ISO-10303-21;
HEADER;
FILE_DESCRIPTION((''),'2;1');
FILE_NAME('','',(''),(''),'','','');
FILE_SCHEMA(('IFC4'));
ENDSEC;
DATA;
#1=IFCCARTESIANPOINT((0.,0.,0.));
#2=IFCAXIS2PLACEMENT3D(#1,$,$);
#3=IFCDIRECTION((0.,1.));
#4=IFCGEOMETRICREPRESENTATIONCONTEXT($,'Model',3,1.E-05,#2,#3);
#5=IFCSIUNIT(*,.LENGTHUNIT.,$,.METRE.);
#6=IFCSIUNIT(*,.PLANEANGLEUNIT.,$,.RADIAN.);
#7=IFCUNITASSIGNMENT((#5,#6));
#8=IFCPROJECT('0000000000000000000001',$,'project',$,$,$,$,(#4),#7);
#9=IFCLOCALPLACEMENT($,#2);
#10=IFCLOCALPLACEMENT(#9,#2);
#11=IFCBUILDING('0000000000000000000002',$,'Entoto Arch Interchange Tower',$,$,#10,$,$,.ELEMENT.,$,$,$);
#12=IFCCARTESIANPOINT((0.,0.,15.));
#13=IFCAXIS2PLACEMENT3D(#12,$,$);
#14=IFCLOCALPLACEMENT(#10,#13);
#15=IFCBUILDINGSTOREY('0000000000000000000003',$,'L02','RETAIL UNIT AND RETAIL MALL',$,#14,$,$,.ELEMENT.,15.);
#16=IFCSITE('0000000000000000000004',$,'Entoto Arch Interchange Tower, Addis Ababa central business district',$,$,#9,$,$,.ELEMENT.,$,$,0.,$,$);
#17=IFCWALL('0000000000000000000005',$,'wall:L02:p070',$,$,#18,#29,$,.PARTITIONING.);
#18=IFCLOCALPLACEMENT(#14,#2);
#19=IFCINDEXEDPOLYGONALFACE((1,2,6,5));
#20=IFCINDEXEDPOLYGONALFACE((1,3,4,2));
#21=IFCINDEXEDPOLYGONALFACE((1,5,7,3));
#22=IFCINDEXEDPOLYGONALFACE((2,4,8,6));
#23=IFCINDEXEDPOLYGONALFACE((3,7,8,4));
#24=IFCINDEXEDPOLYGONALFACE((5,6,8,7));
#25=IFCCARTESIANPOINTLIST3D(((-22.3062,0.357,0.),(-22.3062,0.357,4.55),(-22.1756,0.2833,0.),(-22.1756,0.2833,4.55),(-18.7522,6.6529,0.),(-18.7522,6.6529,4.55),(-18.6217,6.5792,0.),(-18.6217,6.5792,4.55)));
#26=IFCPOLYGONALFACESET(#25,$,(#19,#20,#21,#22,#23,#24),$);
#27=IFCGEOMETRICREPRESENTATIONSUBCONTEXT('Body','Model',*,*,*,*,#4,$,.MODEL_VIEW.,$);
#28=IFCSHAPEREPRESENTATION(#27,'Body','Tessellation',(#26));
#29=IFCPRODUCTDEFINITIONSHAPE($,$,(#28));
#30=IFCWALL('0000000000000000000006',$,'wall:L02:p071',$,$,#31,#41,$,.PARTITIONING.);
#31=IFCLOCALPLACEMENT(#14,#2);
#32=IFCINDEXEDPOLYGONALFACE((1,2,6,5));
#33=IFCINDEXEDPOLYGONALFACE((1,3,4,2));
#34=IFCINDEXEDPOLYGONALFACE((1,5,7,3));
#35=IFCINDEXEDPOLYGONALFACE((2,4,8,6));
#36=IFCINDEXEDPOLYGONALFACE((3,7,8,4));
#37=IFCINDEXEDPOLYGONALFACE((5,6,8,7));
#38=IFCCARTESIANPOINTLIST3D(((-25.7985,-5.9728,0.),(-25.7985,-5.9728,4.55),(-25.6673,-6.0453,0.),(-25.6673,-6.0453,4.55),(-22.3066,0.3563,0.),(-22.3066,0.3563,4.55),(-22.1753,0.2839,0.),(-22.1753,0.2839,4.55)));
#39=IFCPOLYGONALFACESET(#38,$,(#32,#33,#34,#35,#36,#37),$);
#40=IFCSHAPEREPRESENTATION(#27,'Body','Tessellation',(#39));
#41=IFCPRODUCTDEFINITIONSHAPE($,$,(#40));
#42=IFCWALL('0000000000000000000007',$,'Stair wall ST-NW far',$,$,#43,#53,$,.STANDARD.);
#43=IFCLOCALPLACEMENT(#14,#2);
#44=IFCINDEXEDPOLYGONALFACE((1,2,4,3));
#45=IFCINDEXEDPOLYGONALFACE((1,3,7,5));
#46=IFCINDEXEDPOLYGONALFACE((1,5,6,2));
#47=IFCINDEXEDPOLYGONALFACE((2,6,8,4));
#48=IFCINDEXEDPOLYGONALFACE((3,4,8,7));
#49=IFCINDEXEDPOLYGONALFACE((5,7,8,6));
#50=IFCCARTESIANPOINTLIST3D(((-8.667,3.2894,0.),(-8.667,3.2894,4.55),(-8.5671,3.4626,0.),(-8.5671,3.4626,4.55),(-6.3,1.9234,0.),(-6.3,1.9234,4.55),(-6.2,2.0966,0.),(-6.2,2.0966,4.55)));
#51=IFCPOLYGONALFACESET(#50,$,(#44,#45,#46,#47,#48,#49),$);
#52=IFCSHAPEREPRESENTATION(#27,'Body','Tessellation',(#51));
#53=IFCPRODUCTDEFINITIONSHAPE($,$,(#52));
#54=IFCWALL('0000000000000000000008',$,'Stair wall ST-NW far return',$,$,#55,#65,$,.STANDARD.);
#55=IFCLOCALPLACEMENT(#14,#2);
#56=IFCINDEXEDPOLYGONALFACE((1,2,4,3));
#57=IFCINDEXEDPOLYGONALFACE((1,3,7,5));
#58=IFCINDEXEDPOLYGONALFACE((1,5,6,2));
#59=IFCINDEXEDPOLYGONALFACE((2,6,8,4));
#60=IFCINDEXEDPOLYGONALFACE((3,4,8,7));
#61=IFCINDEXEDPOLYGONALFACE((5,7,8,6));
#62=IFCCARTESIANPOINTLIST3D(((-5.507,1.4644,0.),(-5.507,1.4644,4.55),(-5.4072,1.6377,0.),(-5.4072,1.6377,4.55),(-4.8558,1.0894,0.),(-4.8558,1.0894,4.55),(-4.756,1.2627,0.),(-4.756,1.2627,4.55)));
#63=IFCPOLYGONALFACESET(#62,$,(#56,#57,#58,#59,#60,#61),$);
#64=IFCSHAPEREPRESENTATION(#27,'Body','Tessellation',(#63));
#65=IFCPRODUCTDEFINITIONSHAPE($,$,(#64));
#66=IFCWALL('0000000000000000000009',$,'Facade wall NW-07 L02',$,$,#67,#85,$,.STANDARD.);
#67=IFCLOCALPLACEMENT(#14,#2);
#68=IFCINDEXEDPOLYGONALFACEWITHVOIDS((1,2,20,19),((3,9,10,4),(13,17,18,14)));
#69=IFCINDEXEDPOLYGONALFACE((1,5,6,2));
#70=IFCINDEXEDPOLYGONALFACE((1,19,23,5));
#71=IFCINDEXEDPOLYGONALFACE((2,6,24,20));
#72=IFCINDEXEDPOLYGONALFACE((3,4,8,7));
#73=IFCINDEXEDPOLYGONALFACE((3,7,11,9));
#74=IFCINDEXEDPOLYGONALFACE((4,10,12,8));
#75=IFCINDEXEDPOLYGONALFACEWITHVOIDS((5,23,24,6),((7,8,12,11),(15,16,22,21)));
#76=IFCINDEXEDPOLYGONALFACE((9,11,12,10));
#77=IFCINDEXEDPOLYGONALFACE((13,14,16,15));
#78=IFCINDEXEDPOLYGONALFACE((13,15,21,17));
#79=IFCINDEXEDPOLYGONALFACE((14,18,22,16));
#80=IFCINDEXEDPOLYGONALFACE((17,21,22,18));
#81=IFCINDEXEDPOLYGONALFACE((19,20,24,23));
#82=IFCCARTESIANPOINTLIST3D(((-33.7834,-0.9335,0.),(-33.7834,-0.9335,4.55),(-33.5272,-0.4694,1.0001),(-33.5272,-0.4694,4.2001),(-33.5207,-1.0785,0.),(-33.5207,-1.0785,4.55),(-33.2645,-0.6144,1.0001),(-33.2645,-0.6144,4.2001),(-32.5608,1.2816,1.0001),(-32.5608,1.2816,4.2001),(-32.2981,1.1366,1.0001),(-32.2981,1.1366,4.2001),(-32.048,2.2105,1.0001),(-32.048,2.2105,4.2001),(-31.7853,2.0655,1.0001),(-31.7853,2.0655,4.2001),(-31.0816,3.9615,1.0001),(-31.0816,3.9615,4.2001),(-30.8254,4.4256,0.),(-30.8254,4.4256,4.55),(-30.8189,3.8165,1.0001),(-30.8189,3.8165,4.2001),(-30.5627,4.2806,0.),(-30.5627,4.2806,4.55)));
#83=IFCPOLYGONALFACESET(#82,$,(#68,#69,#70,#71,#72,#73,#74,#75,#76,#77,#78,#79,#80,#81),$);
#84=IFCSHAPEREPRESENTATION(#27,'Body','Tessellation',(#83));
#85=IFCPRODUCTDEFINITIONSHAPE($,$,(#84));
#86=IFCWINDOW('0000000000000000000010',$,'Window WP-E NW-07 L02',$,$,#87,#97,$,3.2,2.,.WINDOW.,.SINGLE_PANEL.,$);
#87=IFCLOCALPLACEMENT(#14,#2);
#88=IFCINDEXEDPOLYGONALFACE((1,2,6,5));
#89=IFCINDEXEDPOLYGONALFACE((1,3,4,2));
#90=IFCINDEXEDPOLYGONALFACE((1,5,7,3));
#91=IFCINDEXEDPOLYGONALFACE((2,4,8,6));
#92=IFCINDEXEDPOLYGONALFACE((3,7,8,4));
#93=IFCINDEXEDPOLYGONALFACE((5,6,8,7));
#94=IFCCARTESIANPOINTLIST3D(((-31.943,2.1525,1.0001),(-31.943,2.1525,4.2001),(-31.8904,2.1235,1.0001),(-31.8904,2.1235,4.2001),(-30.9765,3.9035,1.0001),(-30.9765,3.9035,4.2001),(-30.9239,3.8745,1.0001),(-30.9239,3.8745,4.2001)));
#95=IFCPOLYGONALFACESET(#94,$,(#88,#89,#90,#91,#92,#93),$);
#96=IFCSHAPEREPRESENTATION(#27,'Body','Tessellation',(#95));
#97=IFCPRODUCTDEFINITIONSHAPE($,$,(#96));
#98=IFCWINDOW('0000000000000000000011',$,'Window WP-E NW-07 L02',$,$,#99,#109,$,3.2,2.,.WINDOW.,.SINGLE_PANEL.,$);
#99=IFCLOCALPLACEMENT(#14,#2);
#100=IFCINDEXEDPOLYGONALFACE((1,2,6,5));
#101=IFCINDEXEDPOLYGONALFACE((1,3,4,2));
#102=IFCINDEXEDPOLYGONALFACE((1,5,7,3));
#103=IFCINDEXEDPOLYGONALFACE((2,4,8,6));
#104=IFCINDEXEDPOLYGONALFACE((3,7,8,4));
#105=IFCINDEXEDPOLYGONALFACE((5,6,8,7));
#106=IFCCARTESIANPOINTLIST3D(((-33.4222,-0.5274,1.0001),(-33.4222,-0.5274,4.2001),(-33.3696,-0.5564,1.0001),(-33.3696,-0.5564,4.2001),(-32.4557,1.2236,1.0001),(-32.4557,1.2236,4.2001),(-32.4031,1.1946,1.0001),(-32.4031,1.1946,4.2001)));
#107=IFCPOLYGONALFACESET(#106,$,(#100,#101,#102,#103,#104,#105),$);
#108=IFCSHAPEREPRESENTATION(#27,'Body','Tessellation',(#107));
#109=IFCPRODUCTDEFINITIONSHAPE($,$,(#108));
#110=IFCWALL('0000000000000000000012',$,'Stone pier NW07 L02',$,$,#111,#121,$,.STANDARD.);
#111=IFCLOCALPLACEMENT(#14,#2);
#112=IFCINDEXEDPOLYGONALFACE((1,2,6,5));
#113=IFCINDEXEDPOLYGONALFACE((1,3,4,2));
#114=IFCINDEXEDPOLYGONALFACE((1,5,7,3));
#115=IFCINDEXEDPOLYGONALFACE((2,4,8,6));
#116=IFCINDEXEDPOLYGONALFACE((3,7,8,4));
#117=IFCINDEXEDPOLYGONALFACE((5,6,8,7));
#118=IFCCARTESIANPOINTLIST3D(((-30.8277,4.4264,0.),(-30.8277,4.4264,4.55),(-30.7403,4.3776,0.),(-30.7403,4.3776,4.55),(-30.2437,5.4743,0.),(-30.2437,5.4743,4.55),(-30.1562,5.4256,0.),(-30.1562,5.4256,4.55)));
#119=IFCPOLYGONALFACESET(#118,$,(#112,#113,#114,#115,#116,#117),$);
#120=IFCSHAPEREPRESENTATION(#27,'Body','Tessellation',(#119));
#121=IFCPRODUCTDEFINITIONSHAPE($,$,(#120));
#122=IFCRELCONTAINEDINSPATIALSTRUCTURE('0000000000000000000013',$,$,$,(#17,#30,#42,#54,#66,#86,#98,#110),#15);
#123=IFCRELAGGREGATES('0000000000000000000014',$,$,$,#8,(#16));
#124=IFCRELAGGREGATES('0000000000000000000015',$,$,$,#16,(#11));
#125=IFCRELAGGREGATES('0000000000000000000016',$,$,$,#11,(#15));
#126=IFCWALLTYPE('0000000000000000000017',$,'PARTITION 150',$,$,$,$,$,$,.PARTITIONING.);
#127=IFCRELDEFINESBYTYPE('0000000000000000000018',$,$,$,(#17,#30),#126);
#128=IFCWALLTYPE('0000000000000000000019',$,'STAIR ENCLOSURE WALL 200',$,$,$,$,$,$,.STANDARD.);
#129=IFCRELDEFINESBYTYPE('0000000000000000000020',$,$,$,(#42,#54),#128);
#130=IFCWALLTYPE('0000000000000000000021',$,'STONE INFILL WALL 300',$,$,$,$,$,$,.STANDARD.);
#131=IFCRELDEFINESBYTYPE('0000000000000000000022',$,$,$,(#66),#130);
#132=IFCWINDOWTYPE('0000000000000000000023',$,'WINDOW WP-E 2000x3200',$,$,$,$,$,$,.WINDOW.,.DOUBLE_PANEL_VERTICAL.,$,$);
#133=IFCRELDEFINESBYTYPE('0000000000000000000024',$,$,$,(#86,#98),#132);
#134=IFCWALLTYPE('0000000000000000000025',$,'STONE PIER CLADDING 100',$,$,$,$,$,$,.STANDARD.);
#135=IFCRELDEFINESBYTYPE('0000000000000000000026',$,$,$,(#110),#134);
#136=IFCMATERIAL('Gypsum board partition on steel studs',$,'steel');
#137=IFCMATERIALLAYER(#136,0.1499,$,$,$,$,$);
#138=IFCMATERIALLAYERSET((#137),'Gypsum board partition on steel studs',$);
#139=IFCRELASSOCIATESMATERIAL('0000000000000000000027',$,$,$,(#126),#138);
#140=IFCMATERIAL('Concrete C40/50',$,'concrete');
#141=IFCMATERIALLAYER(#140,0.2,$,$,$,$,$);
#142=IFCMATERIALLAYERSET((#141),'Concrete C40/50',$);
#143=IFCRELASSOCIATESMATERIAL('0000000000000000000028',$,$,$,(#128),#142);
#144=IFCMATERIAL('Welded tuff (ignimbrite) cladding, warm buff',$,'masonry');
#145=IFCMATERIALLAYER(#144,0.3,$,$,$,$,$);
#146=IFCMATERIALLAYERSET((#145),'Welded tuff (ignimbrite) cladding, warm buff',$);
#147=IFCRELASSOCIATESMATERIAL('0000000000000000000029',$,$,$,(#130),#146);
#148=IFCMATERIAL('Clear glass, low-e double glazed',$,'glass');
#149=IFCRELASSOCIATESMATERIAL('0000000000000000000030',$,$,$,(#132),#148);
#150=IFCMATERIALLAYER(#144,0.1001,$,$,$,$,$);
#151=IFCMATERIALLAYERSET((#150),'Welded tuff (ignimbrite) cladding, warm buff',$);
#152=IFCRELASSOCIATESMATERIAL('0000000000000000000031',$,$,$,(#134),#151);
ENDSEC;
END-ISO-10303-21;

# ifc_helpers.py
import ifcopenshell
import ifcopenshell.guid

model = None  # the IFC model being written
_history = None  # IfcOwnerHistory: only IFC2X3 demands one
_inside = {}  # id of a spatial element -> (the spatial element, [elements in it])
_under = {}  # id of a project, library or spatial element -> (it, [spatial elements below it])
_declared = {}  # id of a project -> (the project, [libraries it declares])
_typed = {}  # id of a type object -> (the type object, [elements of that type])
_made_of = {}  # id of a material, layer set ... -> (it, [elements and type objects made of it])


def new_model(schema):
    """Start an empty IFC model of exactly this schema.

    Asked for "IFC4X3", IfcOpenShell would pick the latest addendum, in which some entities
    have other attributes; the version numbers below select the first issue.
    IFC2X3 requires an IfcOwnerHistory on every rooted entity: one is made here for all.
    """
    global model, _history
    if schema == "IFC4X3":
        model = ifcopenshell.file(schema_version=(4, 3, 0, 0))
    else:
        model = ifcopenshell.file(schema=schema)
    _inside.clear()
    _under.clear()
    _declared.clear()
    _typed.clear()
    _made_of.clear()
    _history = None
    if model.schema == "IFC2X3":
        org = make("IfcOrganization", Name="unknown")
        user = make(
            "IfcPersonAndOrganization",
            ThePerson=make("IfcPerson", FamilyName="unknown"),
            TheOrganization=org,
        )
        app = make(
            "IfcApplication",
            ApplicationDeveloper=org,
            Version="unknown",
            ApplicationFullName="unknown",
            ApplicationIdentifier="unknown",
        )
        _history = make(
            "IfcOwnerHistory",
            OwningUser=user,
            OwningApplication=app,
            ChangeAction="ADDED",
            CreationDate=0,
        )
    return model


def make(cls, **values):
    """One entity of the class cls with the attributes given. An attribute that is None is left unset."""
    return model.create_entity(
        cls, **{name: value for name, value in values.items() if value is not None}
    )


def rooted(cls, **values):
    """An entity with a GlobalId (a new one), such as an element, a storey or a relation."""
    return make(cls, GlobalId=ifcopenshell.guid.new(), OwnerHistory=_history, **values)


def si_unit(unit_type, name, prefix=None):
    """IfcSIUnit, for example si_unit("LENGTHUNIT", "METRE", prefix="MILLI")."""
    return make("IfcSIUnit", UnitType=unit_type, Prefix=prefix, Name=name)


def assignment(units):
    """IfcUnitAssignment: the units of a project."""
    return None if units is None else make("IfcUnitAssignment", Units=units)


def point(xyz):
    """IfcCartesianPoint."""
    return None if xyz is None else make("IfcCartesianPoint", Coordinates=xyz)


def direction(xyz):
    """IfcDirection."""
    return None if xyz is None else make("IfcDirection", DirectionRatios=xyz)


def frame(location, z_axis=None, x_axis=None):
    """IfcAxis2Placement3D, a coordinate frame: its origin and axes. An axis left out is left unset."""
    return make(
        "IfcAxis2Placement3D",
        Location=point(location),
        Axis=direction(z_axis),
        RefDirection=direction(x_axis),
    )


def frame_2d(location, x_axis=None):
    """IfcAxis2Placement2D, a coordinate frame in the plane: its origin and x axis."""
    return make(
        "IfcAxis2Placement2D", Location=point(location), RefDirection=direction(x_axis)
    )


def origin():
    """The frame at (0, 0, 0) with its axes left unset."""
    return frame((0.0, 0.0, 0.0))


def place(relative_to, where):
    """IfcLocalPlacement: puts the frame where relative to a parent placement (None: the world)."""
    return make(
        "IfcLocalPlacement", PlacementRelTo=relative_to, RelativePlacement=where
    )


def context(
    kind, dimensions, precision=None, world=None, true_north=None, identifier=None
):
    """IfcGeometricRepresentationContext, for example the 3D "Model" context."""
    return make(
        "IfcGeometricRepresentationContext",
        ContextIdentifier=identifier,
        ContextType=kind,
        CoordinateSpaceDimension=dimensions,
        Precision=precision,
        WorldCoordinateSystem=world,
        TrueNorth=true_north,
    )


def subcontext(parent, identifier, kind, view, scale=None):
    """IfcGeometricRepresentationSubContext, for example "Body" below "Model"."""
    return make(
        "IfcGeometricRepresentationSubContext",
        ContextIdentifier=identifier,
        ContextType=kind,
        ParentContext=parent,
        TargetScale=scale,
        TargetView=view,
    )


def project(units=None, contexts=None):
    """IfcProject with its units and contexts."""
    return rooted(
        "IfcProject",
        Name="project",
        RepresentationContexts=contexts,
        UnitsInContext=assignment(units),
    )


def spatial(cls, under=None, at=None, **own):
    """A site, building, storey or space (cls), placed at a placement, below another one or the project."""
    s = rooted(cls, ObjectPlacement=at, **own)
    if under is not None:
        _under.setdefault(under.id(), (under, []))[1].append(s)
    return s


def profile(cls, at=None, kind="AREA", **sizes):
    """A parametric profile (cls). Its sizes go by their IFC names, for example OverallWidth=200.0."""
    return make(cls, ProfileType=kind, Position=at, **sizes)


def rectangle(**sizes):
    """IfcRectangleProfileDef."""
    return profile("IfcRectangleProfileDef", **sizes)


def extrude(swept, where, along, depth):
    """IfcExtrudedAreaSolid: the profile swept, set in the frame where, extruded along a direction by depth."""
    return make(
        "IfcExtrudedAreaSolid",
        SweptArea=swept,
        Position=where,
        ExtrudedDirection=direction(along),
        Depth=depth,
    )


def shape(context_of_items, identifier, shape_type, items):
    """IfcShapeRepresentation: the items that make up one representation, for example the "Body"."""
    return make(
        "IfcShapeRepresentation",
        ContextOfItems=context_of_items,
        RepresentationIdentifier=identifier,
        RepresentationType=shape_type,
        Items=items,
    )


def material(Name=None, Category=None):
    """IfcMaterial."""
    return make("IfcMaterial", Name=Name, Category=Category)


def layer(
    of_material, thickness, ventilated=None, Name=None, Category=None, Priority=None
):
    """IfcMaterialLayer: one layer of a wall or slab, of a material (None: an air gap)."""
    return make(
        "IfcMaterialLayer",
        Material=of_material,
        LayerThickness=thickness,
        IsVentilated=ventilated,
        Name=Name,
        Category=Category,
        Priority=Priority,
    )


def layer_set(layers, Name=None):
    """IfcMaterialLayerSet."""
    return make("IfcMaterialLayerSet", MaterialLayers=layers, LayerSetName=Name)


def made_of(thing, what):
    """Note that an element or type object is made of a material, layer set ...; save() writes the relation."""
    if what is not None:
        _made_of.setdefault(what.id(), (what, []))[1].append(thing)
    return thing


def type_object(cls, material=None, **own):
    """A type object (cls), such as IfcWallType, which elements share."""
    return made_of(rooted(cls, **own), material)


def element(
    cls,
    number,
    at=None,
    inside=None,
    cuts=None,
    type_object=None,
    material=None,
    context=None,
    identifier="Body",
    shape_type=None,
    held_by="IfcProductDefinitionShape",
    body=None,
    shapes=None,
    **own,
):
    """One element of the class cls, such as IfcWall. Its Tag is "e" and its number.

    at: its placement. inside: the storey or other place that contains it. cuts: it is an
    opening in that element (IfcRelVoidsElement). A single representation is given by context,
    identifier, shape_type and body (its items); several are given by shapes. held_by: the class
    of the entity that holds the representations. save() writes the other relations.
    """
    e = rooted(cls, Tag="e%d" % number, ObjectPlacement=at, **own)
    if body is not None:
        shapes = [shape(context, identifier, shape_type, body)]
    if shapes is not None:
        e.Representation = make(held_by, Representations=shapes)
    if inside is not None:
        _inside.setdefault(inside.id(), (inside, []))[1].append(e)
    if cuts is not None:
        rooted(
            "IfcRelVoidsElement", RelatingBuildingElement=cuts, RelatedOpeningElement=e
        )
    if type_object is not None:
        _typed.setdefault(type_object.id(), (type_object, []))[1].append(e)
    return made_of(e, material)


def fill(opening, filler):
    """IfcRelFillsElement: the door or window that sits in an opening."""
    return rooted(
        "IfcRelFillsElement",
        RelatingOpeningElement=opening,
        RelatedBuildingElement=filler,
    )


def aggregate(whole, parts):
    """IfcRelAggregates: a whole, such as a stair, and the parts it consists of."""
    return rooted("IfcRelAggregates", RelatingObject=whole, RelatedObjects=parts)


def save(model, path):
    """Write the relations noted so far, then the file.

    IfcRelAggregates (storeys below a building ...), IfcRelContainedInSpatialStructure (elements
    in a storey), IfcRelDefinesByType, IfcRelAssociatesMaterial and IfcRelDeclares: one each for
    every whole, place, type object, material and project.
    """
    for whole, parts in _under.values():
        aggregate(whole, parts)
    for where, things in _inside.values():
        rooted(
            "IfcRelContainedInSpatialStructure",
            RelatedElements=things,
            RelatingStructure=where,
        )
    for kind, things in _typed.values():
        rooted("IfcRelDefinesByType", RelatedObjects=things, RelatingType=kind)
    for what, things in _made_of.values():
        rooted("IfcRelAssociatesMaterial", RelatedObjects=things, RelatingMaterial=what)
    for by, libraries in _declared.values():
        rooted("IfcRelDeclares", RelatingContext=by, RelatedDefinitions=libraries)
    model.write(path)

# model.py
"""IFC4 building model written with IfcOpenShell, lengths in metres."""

from ifc_helpers import new_model, si_unit, direction, frame, frame_2d, origin, place, context, subcontext, project, spatial, rectangle, extrude, material, layer, layer_set, type_object, element, fill, save


model = new_model("IFC4")

# Units and contexts
model_context = context("Model", 3, precision=1e-05, world=origin(), true_north=direction((0.0, 1.0)))
body_context = subcontext(model_context, "Body", "Model", "MODEL_VIEW")
ifc_project = project(units=[si_unit("LENGTHUNIT", "METRE"), si_unit("PLANEANGLEUNIT", "RADIAN")], contexts=[model_context])

# Site, building, storey
site_placement = place(None, origin())
site = spatial("IfcSite", under=ifc_project, at=site_placement, Name="Entoto Arch Interchange Tower, Addis Ababa central business district", CompositionType="ELEMENT", RefElevation=0.0)
building_placement = place(site_placement, origin())
building = spatial("IfcBuilding", under=site, at=building_placement, Name="Entoto Arch Interchange Tower", CompositionType="ELEMENT")
storey_placement = place(building_placement, frame((0.0, 0.0, 15.0)))
storey = spatial("IfcBuildingStorey", under=building, at=storey_placement, Name="L02", Description="RETAIL UNIT AND RETAIL MALL", CompositionType="ELEMENT", Elevation=15.0)

# Shared definitions
ifc_material_1 = material(Name="Concrete C40/50", Category="concrete")

# Walls
ifc_material_2 = material(Name="Gypsum board partition on steel studs", Category="steel")
ifc_layer_1 = layer(ifc_material_2, 0.1499)
ifc_layer_set_1 = layer_set([ifc_layer_1], Name="Gypsum board partition on steel studs")
wall_type_1 = type_object("IfcWallType", Name="PARTITION 150", PredefinedType="PARTITIONING", material=ifc_layer_set_1)
wall_1_placement = place(storey_placement, frame((-18.687, 6.616, 0.0), z_axis=(0.0, 0.0, 1.0), x_axis=(-0.491575, -0.870835, 0.0)))
element("IfcWall", 1, at=wall_1_placement, inside=storey, type_object=wall_type_1, Name="wall:L02:p070", PredefinedType="PARTITIONING", context=body_context, shape_type="SweptSolid", body=[
    extrude(rectangle(XDim=7.2297, YDim=0.1499, at=frame_2d((3.6147, 0.0))), origin(), (0.0, 0.0, 1.0), 4.55),
])
wall_2_placement = place(storey_placement, frame((-22.241, 0.3201, 0.0), z_axis=(0.0, 0.0, 1.0), x_axis=(-0.48308, -0.875576, 0.0)))
element("IfcWall", 2, at=wall_2_placement, inside=storey, type_object=wall_type_1, Name="wall:L02:p071", PredefinedType="PARTITIONING", context=body_context, shape_type="SweptSolid", body=[
    extrude(rectangle(XDim=7.2285, YDim=0.1499, at=frame_2d((3.6143, 0.0))), origin(), (0.0, 0.0, 1.0), 4.55),
])
ifc_layer_2 = layer(ifc_material_1, 0.2)
ifc_layer_set_2 = layer_set([ifc_layer_2], Name="Concrete C40/50")
wall_type_2 = type_object("IfcWallType", Name="STAIR ENCLOSURE WALL 200", PredefinedType="STANDARD", material=ifc_layer_set_2)
wall_3_placement = place(storey_placement, frame((-6.25, 2.01, 0.0), z_axis=(0.0, 0.0, 1.0), x_axis=(-0.866119, 0.499838, 0.0)))
element("IfcWall", 3, at=wall_3_placement, inside=storey, type_object=wall_type_2, Name="Stair wall ST-NW far", PredefinedType="STANDARD", context=body_context, shape_type="SweptSolid", body=[
    extrude(rectangle(XDim=2.7329, YDim=0.2, at=frame_2d((1.3665, 0.0))), origin(), (0.0, 0.0, 1.0), 4.55),
])
wall_4_placement = place(storey_placement, frame((-4.8059, 1.176, 0.0), z_axis=(0.0, 0.0, 1.0), x_axis=(-0.866559, 0.499075, 0.0)))
element("IfcWall", 4, at=wall_4_placement, inside=storey, type_object=wall_type_2, Name="Stair wall ST-NW far return", PredefinedType="STANDARD", context=body_context, shape_type="SweptSolid", body=[
    extrude(rectangle(XDim=0.7515, YDim=0.2, at=frame_2d((0.3757, 0.0))), origin(), (0.0, 0.0, 1.0), 4.55),
])

# Wall, openings, windows
ifc_material_3 = material(Name="Welded tuff (ignimbrite) cladding, warm buff", Category="masonry")
ifc_layer_3 = layer(ifc_material_3, 0.3)
ifc_layer_set_3 = layer_set([ifc_layer_3], Name="Welded tuff (ignimbrite) cladding, warm buff")
wall_type_3 = type_object("IfcWallType", Name="STONE INFILL WALL 300", PredefinedType="STANDARD", material=ifc_layer_set_3)
wall_5_placement = place(storey_placement, frame((-30.6941, 4.353, 0.0), z_axis=(0.0, 0.0, 1.0), x_axis=(-0.483233, -0.875492, 0.0)))
wall_5 = element("IfcWall", 5, at=wall_5_placement, inside=storey, type_object=wall_type_3, Name="Facade wall NW-07 L02", PredefinedType="STANDARD", context=body_context, shape_type="SweptSolid", body=[
    extrude(rectangle(XDim=6.1213, YDim=0.3, at=frame_2d((3.0605, 0.0))), origin(), (0.0, 0.0, 1.0), 4.55),
])
opening_1_placement = place(wall_5_placement, frame((0.53, 0.0, 1.0)))
opening_1 = element("IfcOpeningElement", 6, at=opening_1_placement, cuts=wall_5, PredefinedType="OPENING", context=body_context, shape_type="SweptSolid", body=[
    extrude(rectangle(XDim=2.0, YDim=3.2, at=frame_2d((1.0, 1.6001))), frame((0.0, 0.1602, 0.0), z_axis=(0.0, -1.0, 0.0), x_axis=(1.0, 0.0, 0.0)), (0.0, 0.0, 1.0), 0.3201),
])
opening_2_placement = place(wall_5_placement, frame((3.5911, 0.0, 1.0)))
opening_2 = element("IfcOpeningElement", 7, at=opening_2_placement, cuts=wall_5, PredefinedType="OPENING", context=body_context, shape_type="SweptSolid", body=[
    extrude(rectangle(XDim=2.0, YDim=3.2, at=frame_2d((1.0, 1.6001))), frame((0.0, 0.1602, 0.0), z_axis=(0.0, -1.0, 0.0), x_axis=(1.0, 0.0, 0.0)), (0.0, 0.0, 1.0), 0.3201),
])
ifc_material_4 = material(Name="Clear glass, low-e double glazed", Category="glass")
window_type = type_object("IfcWindowType", Name="WINDOW WP-E 2000x3200", PartitioningType="DOUBLE_PANEL_VERTICAL", PredefinedType="WINDOW", material=ifc_material_4)
window_1_placement = place(opening_1_placement, origin())
window_1 = element("IfcWindow", 8, at=window_1_placement, inside=storey, type_object=window_type, Name="Window WP-E NW-07 L02", OverallHeight=3.2, OverallWidth=2.0, PartitioningType="SINGLE_PANEL", PredefinedType="WINDOW", context=body_context, shape_type="SweptSolid", body=[
    extrude(rectangle(XDim=2.0, YDim=3.2, at=frame_2d((1.0, 1.6001))), frame((0.0, 0.03, 0.0), z_axis=(0.0, -1.0, 0.0), x_axis=(1.0, 0.0, 0.0)), (0.0, 0.0, 1.0), 0.0601),
])
fill(opening_1, window_1)
window_2_placement = place(opening_2_placement, origin())
window_2 = element("IfcWindow", 9, at=window_2_placement, inside=storey, type_object=window_type, Name="Window WP-E NW-07 L02", OverallHeight=3.2, OverallWidth=2.0, PartitioningType="SINGLE_PANEL", PredefinedType="WINDOW", context=body_context, shape_type="SweptSolid", body=[
    extrude(rectangle(XDim=2.0, YDim=3.2, at=frame_2d((1.0, 1.6001))), frame((0.0, 0.03, 0.0), z_axis=(0.0, -1.0, 0.0), x_axis=(1.0, 0.0, 0.0)), (0.0, 0.0, 1.0), 0.0601),
])
fill(opening_2, window_2)

# Wall
ifc_layer_4 = layer(ifc_material_3, 0.1001)
ifc_layer_set_4 = layer_set([ifc_layer_4], Name="Welded tuff (ignimbrite) cladding, warm buff")
wall_type_4 = type_object("IfcWallType", Name="STONE PIER CLADDING 100", PredefinedType="STANDARD", material=ifc_layer_set_4)
wall_6_placement = place(storey_placement, frame((-30.2, 5.45, 0.0), z_axis=(0.0, 0.0, 1.0), x_axis=(-0.486818, -0.873504, 0.0)))
element("IfcWall", 10, at=wall_6_placement, inside=storey, type_object=wall_type_4, Name="Stone pier NW07 L02", PredefinedType="STANDARD", context=body_context, shape_type="SweptSolid", body=[
    extrude(rectangle(XDim=1.1997, YDim=0.1001, at=frame_2d((0.5999, 0.0))), origin(), (0.0, 0.0, 1.0), 4.55),
])

save(model, "model.ifc")
